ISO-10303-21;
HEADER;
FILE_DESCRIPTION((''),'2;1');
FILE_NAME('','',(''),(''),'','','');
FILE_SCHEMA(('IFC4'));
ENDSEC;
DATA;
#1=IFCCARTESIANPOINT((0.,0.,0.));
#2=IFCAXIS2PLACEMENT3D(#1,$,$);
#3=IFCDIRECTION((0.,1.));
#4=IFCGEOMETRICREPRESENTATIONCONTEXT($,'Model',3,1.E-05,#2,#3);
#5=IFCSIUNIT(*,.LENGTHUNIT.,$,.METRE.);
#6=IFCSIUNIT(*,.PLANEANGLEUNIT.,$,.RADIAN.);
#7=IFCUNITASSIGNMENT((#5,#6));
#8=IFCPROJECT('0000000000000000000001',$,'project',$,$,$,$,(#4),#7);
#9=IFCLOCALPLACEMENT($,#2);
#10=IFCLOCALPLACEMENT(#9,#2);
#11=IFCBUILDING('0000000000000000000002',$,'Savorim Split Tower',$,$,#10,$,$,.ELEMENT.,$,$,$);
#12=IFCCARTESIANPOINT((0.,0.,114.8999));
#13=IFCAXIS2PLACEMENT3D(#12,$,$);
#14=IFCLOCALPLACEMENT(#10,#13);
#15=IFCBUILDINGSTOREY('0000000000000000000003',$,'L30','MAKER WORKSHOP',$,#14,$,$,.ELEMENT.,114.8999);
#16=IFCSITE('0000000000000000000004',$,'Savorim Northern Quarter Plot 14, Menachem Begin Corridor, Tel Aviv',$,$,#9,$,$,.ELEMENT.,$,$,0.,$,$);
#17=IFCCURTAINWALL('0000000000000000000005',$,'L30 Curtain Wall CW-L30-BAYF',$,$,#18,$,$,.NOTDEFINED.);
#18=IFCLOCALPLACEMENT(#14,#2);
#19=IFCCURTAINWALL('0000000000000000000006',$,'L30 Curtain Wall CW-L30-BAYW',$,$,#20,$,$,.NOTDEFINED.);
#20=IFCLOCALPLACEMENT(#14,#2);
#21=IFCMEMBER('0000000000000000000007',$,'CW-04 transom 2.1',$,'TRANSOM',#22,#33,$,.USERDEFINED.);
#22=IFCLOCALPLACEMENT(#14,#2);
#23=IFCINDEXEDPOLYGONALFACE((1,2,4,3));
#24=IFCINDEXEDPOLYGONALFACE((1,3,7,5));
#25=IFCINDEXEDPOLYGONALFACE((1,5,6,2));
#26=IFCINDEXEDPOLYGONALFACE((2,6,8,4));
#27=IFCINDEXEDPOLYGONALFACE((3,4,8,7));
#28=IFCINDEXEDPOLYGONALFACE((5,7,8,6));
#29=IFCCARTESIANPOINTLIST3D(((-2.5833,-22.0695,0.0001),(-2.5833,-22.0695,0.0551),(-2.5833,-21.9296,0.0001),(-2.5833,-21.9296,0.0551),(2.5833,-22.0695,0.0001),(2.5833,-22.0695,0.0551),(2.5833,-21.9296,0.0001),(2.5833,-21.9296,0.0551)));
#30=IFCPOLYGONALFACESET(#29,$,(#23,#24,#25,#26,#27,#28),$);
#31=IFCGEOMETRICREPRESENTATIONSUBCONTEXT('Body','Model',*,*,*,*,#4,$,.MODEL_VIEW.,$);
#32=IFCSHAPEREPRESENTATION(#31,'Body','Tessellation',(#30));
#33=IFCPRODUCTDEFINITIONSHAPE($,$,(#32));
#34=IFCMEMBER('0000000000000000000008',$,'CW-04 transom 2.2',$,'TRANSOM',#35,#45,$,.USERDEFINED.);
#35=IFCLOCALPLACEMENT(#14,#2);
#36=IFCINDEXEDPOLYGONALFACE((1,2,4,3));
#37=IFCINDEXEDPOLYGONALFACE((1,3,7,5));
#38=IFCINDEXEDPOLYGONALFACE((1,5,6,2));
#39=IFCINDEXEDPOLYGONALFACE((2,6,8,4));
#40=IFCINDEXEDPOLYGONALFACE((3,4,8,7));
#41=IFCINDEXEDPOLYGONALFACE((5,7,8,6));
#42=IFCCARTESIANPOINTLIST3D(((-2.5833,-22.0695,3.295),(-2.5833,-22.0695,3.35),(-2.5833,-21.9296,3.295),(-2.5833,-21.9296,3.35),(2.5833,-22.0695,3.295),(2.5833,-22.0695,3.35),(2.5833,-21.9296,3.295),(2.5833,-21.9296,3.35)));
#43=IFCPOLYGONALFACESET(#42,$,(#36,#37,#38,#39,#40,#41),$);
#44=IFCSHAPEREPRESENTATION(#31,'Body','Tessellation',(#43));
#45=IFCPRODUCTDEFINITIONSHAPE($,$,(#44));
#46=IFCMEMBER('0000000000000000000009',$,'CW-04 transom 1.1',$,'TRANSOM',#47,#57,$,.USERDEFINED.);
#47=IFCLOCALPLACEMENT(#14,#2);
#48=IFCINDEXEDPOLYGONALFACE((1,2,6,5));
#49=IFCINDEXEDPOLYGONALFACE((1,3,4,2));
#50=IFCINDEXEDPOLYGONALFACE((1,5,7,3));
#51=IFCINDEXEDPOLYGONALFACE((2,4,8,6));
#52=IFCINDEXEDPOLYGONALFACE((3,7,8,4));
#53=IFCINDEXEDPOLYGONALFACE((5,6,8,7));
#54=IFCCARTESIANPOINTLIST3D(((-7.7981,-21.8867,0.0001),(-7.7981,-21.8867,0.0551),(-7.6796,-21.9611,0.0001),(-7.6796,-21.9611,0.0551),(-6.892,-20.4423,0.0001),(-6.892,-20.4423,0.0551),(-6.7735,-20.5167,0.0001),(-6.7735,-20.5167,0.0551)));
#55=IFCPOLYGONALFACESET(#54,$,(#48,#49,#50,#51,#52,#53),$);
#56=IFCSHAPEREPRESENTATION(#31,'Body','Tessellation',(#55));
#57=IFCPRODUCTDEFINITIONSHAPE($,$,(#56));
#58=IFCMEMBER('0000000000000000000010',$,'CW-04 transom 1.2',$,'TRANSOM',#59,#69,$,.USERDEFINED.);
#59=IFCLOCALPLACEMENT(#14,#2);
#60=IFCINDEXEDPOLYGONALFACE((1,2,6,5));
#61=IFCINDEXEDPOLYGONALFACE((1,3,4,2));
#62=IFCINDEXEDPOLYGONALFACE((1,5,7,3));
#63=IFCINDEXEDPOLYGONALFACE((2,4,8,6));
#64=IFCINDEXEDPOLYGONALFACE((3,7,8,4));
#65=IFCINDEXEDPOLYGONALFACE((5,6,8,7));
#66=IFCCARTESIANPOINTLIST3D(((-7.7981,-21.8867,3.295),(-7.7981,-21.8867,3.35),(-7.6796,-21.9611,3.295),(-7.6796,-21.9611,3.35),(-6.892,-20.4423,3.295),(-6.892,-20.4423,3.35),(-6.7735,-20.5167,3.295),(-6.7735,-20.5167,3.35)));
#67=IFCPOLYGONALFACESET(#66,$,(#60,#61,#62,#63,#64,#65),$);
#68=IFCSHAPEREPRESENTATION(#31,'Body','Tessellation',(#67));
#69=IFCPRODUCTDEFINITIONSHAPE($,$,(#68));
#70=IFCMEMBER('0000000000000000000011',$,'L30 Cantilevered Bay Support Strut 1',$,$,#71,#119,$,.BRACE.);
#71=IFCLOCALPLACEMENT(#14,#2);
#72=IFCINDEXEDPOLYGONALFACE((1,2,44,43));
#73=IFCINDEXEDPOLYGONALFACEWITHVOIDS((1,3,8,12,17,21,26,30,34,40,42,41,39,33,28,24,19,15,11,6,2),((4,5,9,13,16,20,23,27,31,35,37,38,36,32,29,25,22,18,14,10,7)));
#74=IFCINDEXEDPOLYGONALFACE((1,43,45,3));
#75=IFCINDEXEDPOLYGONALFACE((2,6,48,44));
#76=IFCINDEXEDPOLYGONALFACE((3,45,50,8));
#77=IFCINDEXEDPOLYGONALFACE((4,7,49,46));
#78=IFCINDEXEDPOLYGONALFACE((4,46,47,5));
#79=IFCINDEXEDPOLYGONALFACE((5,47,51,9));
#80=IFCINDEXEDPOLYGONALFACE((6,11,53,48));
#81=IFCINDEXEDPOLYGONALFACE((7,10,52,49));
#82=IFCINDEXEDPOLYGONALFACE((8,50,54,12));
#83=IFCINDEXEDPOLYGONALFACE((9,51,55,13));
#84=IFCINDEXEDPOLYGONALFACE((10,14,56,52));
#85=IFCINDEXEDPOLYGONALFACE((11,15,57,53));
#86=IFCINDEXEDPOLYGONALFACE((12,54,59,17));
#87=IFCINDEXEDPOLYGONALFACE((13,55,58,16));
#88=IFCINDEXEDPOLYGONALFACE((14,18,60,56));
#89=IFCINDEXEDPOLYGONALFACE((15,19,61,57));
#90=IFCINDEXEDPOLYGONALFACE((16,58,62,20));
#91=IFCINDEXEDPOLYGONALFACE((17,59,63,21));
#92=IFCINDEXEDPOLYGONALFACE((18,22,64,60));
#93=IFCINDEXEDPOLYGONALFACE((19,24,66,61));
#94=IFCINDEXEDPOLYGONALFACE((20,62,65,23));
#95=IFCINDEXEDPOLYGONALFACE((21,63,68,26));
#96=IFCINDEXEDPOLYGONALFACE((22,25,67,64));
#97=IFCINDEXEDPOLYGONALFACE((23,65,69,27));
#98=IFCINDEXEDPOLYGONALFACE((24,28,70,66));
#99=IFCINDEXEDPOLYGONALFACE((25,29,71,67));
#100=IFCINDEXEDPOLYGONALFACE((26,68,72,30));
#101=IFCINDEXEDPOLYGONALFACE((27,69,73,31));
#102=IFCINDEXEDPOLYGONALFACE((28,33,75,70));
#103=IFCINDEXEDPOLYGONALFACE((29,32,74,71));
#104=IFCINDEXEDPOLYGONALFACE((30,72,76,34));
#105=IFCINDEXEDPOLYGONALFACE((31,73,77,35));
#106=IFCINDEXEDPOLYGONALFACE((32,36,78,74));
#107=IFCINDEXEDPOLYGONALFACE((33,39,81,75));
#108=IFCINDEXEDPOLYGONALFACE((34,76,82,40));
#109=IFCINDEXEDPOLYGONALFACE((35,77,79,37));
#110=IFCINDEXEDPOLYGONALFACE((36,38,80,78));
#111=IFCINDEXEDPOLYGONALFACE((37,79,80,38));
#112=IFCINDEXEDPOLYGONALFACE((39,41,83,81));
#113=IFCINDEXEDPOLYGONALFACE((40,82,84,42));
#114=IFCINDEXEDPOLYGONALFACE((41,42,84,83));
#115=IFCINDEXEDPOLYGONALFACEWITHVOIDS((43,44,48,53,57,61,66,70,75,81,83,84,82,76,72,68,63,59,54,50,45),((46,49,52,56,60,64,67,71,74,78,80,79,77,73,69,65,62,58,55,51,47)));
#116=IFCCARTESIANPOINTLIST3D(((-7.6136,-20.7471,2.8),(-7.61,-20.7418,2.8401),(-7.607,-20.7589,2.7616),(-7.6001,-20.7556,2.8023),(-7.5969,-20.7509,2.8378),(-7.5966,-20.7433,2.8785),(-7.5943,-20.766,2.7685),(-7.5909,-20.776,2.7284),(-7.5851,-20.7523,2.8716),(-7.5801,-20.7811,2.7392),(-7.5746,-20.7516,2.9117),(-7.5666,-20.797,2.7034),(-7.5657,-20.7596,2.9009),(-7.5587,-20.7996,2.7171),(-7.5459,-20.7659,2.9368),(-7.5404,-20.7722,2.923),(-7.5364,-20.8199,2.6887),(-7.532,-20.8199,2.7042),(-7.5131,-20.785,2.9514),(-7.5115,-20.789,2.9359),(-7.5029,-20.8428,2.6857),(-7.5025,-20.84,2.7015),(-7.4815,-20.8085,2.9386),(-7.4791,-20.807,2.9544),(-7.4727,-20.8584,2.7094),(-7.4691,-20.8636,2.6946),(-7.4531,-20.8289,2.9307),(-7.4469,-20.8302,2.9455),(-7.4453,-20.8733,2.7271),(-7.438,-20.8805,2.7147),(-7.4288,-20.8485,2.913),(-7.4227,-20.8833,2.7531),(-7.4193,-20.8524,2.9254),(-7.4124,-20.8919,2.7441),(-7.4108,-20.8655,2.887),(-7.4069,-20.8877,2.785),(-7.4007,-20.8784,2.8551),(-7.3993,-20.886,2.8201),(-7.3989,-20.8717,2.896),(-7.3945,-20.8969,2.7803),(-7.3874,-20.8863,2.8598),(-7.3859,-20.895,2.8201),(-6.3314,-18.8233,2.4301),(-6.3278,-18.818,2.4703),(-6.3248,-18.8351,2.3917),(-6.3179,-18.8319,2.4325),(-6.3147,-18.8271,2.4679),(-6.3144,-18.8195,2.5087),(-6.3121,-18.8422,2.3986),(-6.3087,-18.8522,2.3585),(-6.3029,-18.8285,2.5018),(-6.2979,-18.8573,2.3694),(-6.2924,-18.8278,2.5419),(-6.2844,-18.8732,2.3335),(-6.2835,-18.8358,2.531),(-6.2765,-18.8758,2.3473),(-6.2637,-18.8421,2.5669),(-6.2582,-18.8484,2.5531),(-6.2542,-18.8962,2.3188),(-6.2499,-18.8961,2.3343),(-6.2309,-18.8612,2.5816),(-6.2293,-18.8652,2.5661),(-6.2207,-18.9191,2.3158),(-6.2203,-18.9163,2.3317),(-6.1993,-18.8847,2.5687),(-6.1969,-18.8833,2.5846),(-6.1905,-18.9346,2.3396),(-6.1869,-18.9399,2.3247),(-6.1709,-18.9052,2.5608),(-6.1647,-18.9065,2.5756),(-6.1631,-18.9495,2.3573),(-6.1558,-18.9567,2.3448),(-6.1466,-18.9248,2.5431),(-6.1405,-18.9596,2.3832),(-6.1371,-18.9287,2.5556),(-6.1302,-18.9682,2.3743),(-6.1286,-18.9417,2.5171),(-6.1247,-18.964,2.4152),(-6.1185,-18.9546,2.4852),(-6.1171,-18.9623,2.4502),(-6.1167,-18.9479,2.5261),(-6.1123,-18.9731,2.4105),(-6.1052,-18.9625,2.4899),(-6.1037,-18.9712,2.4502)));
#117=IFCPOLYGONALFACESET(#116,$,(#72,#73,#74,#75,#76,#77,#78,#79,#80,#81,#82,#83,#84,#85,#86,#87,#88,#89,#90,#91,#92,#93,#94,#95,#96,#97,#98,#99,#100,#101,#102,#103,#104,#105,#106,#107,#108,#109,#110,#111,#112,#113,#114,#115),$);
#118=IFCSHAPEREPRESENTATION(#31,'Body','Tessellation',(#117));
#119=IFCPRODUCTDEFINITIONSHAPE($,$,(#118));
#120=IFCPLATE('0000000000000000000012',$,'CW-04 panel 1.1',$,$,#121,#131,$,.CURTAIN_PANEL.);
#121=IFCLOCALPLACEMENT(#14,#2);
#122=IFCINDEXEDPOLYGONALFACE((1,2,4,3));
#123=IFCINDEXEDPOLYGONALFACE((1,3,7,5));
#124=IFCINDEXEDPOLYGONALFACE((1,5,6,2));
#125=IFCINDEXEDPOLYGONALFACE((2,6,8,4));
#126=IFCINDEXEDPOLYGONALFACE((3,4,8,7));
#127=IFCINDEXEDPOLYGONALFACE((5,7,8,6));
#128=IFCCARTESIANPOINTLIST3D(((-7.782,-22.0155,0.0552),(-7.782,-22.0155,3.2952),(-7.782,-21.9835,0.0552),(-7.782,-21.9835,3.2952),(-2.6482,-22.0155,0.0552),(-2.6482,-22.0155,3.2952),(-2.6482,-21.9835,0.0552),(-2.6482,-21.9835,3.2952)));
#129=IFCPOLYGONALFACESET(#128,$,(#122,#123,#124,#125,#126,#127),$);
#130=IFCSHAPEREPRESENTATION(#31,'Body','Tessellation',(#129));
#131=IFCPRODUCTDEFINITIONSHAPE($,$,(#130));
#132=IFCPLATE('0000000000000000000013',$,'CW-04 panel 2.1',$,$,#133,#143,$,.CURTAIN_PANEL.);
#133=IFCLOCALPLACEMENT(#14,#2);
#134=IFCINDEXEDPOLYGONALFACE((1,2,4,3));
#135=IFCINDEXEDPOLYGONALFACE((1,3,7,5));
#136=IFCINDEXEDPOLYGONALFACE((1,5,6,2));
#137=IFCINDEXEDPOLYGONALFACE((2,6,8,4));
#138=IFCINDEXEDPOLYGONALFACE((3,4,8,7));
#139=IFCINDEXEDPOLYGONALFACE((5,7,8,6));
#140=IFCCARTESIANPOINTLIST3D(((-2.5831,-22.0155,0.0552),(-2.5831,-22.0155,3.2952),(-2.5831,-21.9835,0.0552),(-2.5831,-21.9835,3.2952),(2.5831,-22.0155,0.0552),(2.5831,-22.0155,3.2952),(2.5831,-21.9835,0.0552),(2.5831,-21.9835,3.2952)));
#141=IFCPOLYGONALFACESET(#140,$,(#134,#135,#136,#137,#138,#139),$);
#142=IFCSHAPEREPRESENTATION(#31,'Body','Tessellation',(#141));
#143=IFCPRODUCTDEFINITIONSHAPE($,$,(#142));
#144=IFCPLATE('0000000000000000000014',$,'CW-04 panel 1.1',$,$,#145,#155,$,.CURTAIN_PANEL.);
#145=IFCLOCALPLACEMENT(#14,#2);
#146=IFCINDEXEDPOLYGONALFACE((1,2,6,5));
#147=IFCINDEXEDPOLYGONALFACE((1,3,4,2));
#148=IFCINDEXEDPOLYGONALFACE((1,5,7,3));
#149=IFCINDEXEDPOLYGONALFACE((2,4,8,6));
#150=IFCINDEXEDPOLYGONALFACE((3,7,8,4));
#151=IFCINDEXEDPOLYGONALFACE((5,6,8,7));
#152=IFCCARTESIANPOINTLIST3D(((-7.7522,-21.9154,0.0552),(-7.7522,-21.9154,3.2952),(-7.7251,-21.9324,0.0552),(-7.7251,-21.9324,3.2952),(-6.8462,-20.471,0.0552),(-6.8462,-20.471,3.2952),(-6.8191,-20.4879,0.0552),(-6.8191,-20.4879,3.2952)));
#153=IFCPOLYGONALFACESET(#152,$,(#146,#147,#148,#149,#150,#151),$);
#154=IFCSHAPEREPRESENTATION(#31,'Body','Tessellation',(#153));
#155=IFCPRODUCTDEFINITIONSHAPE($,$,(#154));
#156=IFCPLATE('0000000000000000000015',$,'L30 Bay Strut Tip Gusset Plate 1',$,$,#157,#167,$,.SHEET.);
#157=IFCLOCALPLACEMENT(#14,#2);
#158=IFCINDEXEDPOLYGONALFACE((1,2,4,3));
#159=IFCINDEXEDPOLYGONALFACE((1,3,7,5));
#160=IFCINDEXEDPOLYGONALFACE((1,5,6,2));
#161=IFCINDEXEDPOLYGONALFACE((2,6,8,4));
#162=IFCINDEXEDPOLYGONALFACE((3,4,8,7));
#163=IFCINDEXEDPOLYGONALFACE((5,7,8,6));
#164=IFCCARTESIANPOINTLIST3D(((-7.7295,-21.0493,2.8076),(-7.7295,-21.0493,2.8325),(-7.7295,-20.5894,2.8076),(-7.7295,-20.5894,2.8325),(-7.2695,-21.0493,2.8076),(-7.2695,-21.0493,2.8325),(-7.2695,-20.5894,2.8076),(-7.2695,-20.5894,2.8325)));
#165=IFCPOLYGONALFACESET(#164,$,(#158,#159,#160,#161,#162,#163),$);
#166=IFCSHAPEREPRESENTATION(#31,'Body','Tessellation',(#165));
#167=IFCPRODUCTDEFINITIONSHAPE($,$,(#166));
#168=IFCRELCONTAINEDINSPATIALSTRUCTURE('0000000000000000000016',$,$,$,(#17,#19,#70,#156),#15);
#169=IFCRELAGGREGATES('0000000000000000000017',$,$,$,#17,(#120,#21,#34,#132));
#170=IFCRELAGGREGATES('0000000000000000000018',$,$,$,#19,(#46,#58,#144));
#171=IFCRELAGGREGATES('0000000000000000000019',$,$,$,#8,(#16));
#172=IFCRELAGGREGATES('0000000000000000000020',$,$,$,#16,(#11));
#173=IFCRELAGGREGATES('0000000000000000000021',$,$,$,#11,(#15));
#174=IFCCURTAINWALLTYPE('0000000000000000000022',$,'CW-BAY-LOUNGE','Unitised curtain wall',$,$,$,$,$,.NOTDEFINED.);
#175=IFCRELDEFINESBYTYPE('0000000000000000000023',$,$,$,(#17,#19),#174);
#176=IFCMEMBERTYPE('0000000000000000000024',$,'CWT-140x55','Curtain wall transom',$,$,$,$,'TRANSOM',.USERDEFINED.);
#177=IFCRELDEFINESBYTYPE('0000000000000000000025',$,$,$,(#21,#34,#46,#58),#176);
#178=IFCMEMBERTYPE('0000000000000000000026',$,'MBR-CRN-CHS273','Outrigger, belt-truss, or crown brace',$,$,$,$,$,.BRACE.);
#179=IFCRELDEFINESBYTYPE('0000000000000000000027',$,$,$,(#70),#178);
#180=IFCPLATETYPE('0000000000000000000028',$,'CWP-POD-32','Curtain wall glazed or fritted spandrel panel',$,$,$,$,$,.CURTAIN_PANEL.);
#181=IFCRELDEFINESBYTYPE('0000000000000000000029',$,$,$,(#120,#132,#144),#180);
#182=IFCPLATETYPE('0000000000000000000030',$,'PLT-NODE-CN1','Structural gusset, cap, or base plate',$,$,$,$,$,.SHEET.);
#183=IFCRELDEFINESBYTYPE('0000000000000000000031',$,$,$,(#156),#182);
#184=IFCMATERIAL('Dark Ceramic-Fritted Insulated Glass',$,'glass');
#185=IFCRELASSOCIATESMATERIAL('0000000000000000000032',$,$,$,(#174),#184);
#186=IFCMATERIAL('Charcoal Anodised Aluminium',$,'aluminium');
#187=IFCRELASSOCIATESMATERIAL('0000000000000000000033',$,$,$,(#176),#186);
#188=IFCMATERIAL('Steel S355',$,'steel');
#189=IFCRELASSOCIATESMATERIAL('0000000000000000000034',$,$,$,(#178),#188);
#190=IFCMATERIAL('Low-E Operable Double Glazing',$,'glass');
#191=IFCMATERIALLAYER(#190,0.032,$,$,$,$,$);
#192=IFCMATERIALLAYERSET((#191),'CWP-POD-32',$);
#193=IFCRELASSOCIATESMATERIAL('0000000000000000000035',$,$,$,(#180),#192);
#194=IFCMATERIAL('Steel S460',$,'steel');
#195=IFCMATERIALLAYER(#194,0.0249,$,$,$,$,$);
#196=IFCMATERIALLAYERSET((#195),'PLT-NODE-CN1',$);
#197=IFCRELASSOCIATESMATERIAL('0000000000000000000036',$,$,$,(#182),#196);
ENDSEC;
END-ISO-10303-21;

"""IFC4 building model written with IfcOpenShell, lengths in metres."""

from ifc_helpers import new_model, si_unit, direction, frame, origin, origin_2d, place, context, subcontext, project, spatial, rectangle, hollow_circle, extrude, material, layer, layer_set, material_profile, profile_set, type_object, element, aggregate, save


model = new_model("IFC4")

# Units and contexts
model_context = context("Model", 3, precision=1e-05, world=origin(), true_north=direction((0.0, 1.0)))
body_context = subcontext(model_context, "Body", "Model", "MODEL_VIEW")
ifc_project = project(units=[si_unit("LENGTHUNIT", "METRE"), si_unit("PLANEANGLEUNIT", "RADIAN")], contexts=[model_context])

# Site, building, storey
site_placement = place(None, origin())
site = spatial("IfcSite", under=ifc_project, at=site_placement, Name="Savorim Northern Quarter Plot 14, Menachem Begin Corridor, Tel Aviv", CompositionType="ELEMENT", RefElevation=0.0)
building_placement = place(site_placement, origin())
building = spatial("IfcBuilding", under=site, at=building_placement, Name="Savorim Split Tower", CompositionType="ELEMENT")
storey_placement = place(building_placement, frame((0.0, 0.0, 114.8999)))
storey = spatial("IfcBuildingStorey", under=building, at=storey_placement, Name="L30", Description="MAKER WORKSHOP", CompositionType="ELEMENT", Elevation=114.8999)

# Shared definitions
ifc_material_1 = material(Name="Steel S460", Category="steel")

# Shared definitions
ifc_material_2 = material(Name="Steel S355", Category="steel")

# Shared definitions
ifc_material_3 = material(Name="Dark Ceramic-Fritted Insulated Glass", Category="glass")
ifc_material_4 = material(Name="Charcoal Anodised Aluminium", Category="aluminium")

# Curtain walls
curtain_wall_type_1 = type_object("IfcCurtainWallType", Name="CW-BAY-LOUNGE", Description="Unitised curtain wall", PredefinedType="NOTDEFINED", material=ifc_material_3)
curtain_wall_1_placement = place(storey_placement, origin())
curtain_wall_1 = element("IfcCurtainWall", 1, at=curtain_wall_1_placement, inside=storey, type_object=curtain_wall_type_1, Name="L30 Curtain Wall CW-L30-BAYF", PredefinedType="NOTDEFINED")
curtain_wall_2_placement = place(storey_placement, origin())
curtain_wall_2 = element("IfcCurtainWall", 2, at=curtain_wall_2_placement, inside=storey, type_object=curtain_wall_type_1, Name="L30 Curtain Wall CW-L30-BAYW", PredefinedType="NOTDEFINED")

# Members
ifc_material_profile_1 = material_profile(ifc_material_4, rectangle(XDim=0.1399, YDim=0.0549, at=origin_2d()), Name="ALU-T 140x55")
ifc_profile_set_1 = profile_set([ifc_material_profile_1], Name="Charcoal Anodised Aluminium")
member_type_1 = type_object("IfcMemberType", Name="CWT-140x55", Description="Curtain wall transom", ElementType="TRANSOM", PredefinedType="USERDEFINED", material=ifc_profile_set_1)
member_1_placement = place(storey_placement, frame((-2.5833, -21.9995, 0.0276), z_axis=(1.0, 0.0, 0.0), x_axis=(0.0, 1.0, 0.0)))
member_1 = element("IfcMember", 3, at=member_1_placement, type_object=member_type_1, Name="CW-04 transom 2.1", ObjectType="TRANSOM", PredefinedType="USERDEFINED", context=body_context, shape_type="SweptSolid", body=[
    extrude(rectangle(XDim=0.1399, YDim=0.0549, at=origin_2d()), origin(), (0.0, 0.0, 1.0), 5.1665),
])
member_2_placement = place(storey_placement, frame((-2.5833, -21.9995, 3.3225), z_axis=(1.0, 0.0, 0.0), x_axis=(0.0, 1.0, 0.0)))
member_2 = element("IfcMember", 4, at=member_2_placement, type_object=member_type_1, Name="CW-04 transom 2.2", ObjectType="TRANSOM", PredefinedType="USERDEFINED", context=body_context, shape_type="SweptSolid", body=[
    extrude(rectangle(XDim=0.1399, YDim=0.0549, at=origin_2d()), origin(), (0.0, 0.0, 1.0), 5.1665),
])
member_3_placement = place(storey_placement, frame((-6.8328, -20.4795, 0.0276), z_axis=(-0.531388, -0.847128, 0.0), x_axis=(0.847128, -0.531388, 0.0)))
member_3 = element("IfcMember", 5, at=member_3_placement, type_object=member_type_1, Name="CW-04 transom 1.1", ObjectType="TRANSOM", PredefinedType="USERDEFINED", context=body_context, shape_type="SweptSolid", body=[
    extrude(rectangle(XDim=0.1399, YDim=0.0549, at=origin_2d()), origin(), (0.0, 0.0, 1.0), 1.7051),
])
member_4_placement = place(storey_placement, frame((-6.8328, -20.4795, 3.3225), z_axis=(-0.531388, -0.847128, 0.0), x_axis=(0.847128, -0.531388, 0.0)))
member_4 = element("IfcMember", 6, at=member_4_placement, type_object=member_type_1, Name="CW-04 transom 1.2", ObjectType="TRANSOM", PredefinedType="USERDEFINED", context=body_context, shape_type="SweptSolid", body=[
    extrude(rectangle(XDim=0.1399, YDim=0.0549, at=origin_2d()), origin(), (0.0, 0.0, 1.0), 1.7051),
])
ifc_material_profile_2 = material_profile(ifc_material_2, hollow_circle(Radius=0.1365, WallThickness=0.0161, at=origin_2d()), Name="CHS 273x16")
ifc_profile_set_2 = profile_set([ifc_material_profile_2], Name="Steel S355")
member_type_2 = type_object("IfcMemberType", Name="MBR-CRN-CHS273", Description="Outrigger, belt-truss, or crown brace", PredefinedType="BRACE", material=ifc_profile_set_2)
member_5_placement = place(storey_placement, frame((-6.2173, -18.8955, 2.4502), z_axis=(-0.547639, -0.821667, 0.157973), x_axis=(0.832115, -0.554603, 0.0)))
element("IfcMember", 7, at=member_5_placement, inside=storey, type_object=member_type_2, Name="L30 Cantilevered Bay Support Strut 1", PredefinedType="BRACE", context=body_context, shape_type="SweptSolid", body=[
    extrude(hollow_circle(Radius=0.1365, WallThickness=0.0161, at=origin_2d()), origin(), (0.0, 0.0, 1.0), 2.3413),
])

# Plates
ifc_material_5 = material(Name="Low-E Operable Double Glazing", Category="glass")
ifc_layer_1 = layer(ifc_material_5, 0.032)
ifc_layer_set_1 = layer_set([ifc_layer_1], Name="CWP-POD-32")
plate_type_1 = type_object("IfcPlateType", Name="CWP-POD-32", Description="Curtain wall glazed or fritted spandrel panel", PredefinedType="CURTAIN_PANEL", material=ifc_layer_set_1)
plate_1_placement = place(storey_placement, frame((-5.2151, -21.9995, 0.0552), z_axis=(0.0, 0.0, 1.0), x_axis=(1.0, 0.0, 0.0)))
plate_1 = element("IfcPlate", 8, at=plate_1_placement, type_object=plate_type_1, Name="CW-04 panel 1.1", PredefinedType="CURTAIN_PANEL", context=body_context, shape_type="SweptSolid", body=[
    extrude(rectangle(XDim=5.1338, YDim=0.032, at=origin_2d()), origin(), (0.0, 0.0, 1.0), 3.24),
])
plate_2_placement = place(storey_placement, frame((0.0, -21.9995, 0.0552), z_axis=(0.0, 0.0, 1.0), x_axis=(1.0, 0.0, 0.0)))
plate_2 = element("IfcPlate", 9, at=plate_2_placement, type_object=plate_type_1, Name="CW-04 panel 2.1", PredefinedType="CURTAIN_PANEL", context=body_context, shape_type="SweptSolid", body=[
    extrude(rectangle(XDim=5.1663, YDim=0.032, at=origin_2d()), origin(), (0.0, 0.0, 1.0), 3.24),
])
aggregate(curtain_wall_1, [plate_1, member_1, member_2, plate_2])
plate_3_placement = place(storey_placement, frame((-7.2856, -21.2017, 0.0552), z_axis=(0.0, 0.0, 1.0), x_axis=(-0.531384, -0.847131, 0.0)))
plate_3 = element("IfcPlate", 10, at=plate_3_placement, type_object=plate_type_1, Name="CW-04 panel 1.1", PredefinedType="CURTAIN_PANEL", context=body_context, shape_type="SweptSolid", body=[
    extrude(rectangle(XDim=1.7051, YDim=0.032, at=origin_2d()), origin(), (0.0, 0.0, 1.0), 3.24),
])
aggregate(curtain_wall_2, [member_3, member_4, plate_3])
ifc_layer_2 = layer(ifc_material_1, 0.0249)
ifc_layer_set_2 = layer_set([ifc_layer_2], Name="PLT-NODE-CN1")
plate_type_2 = type_object("IfcPlateType", Name="PLT-NODE-CN1", Description="Structural gusset, cap, or base plate", PredefinedType="SHEET", material=ifc_layer_set_2)
plate_4_placement = place(storey_placement, frame((-7.4995, -20.8193, 2.8076), z_axis=(0.0, 0.0, 1.0), x_axis=(1.0, 0.0, 0.0)))
element("IfcPlate", 11, at=plate_4_placement, inside=storey, type_object=plate_type_2, Name="L30 Bay Strut Tip Gusset Plate 1", PredefinedType="SHEET", context=body_context, shape_type="SweptSolid", body=[
    extrude(rectangle(XDim=0.46, YDim=0.46, at=origin_2d()), origin(), (0.0, 0.0, 1.0), 0.0249),
])

save(model, "model.ifc")
